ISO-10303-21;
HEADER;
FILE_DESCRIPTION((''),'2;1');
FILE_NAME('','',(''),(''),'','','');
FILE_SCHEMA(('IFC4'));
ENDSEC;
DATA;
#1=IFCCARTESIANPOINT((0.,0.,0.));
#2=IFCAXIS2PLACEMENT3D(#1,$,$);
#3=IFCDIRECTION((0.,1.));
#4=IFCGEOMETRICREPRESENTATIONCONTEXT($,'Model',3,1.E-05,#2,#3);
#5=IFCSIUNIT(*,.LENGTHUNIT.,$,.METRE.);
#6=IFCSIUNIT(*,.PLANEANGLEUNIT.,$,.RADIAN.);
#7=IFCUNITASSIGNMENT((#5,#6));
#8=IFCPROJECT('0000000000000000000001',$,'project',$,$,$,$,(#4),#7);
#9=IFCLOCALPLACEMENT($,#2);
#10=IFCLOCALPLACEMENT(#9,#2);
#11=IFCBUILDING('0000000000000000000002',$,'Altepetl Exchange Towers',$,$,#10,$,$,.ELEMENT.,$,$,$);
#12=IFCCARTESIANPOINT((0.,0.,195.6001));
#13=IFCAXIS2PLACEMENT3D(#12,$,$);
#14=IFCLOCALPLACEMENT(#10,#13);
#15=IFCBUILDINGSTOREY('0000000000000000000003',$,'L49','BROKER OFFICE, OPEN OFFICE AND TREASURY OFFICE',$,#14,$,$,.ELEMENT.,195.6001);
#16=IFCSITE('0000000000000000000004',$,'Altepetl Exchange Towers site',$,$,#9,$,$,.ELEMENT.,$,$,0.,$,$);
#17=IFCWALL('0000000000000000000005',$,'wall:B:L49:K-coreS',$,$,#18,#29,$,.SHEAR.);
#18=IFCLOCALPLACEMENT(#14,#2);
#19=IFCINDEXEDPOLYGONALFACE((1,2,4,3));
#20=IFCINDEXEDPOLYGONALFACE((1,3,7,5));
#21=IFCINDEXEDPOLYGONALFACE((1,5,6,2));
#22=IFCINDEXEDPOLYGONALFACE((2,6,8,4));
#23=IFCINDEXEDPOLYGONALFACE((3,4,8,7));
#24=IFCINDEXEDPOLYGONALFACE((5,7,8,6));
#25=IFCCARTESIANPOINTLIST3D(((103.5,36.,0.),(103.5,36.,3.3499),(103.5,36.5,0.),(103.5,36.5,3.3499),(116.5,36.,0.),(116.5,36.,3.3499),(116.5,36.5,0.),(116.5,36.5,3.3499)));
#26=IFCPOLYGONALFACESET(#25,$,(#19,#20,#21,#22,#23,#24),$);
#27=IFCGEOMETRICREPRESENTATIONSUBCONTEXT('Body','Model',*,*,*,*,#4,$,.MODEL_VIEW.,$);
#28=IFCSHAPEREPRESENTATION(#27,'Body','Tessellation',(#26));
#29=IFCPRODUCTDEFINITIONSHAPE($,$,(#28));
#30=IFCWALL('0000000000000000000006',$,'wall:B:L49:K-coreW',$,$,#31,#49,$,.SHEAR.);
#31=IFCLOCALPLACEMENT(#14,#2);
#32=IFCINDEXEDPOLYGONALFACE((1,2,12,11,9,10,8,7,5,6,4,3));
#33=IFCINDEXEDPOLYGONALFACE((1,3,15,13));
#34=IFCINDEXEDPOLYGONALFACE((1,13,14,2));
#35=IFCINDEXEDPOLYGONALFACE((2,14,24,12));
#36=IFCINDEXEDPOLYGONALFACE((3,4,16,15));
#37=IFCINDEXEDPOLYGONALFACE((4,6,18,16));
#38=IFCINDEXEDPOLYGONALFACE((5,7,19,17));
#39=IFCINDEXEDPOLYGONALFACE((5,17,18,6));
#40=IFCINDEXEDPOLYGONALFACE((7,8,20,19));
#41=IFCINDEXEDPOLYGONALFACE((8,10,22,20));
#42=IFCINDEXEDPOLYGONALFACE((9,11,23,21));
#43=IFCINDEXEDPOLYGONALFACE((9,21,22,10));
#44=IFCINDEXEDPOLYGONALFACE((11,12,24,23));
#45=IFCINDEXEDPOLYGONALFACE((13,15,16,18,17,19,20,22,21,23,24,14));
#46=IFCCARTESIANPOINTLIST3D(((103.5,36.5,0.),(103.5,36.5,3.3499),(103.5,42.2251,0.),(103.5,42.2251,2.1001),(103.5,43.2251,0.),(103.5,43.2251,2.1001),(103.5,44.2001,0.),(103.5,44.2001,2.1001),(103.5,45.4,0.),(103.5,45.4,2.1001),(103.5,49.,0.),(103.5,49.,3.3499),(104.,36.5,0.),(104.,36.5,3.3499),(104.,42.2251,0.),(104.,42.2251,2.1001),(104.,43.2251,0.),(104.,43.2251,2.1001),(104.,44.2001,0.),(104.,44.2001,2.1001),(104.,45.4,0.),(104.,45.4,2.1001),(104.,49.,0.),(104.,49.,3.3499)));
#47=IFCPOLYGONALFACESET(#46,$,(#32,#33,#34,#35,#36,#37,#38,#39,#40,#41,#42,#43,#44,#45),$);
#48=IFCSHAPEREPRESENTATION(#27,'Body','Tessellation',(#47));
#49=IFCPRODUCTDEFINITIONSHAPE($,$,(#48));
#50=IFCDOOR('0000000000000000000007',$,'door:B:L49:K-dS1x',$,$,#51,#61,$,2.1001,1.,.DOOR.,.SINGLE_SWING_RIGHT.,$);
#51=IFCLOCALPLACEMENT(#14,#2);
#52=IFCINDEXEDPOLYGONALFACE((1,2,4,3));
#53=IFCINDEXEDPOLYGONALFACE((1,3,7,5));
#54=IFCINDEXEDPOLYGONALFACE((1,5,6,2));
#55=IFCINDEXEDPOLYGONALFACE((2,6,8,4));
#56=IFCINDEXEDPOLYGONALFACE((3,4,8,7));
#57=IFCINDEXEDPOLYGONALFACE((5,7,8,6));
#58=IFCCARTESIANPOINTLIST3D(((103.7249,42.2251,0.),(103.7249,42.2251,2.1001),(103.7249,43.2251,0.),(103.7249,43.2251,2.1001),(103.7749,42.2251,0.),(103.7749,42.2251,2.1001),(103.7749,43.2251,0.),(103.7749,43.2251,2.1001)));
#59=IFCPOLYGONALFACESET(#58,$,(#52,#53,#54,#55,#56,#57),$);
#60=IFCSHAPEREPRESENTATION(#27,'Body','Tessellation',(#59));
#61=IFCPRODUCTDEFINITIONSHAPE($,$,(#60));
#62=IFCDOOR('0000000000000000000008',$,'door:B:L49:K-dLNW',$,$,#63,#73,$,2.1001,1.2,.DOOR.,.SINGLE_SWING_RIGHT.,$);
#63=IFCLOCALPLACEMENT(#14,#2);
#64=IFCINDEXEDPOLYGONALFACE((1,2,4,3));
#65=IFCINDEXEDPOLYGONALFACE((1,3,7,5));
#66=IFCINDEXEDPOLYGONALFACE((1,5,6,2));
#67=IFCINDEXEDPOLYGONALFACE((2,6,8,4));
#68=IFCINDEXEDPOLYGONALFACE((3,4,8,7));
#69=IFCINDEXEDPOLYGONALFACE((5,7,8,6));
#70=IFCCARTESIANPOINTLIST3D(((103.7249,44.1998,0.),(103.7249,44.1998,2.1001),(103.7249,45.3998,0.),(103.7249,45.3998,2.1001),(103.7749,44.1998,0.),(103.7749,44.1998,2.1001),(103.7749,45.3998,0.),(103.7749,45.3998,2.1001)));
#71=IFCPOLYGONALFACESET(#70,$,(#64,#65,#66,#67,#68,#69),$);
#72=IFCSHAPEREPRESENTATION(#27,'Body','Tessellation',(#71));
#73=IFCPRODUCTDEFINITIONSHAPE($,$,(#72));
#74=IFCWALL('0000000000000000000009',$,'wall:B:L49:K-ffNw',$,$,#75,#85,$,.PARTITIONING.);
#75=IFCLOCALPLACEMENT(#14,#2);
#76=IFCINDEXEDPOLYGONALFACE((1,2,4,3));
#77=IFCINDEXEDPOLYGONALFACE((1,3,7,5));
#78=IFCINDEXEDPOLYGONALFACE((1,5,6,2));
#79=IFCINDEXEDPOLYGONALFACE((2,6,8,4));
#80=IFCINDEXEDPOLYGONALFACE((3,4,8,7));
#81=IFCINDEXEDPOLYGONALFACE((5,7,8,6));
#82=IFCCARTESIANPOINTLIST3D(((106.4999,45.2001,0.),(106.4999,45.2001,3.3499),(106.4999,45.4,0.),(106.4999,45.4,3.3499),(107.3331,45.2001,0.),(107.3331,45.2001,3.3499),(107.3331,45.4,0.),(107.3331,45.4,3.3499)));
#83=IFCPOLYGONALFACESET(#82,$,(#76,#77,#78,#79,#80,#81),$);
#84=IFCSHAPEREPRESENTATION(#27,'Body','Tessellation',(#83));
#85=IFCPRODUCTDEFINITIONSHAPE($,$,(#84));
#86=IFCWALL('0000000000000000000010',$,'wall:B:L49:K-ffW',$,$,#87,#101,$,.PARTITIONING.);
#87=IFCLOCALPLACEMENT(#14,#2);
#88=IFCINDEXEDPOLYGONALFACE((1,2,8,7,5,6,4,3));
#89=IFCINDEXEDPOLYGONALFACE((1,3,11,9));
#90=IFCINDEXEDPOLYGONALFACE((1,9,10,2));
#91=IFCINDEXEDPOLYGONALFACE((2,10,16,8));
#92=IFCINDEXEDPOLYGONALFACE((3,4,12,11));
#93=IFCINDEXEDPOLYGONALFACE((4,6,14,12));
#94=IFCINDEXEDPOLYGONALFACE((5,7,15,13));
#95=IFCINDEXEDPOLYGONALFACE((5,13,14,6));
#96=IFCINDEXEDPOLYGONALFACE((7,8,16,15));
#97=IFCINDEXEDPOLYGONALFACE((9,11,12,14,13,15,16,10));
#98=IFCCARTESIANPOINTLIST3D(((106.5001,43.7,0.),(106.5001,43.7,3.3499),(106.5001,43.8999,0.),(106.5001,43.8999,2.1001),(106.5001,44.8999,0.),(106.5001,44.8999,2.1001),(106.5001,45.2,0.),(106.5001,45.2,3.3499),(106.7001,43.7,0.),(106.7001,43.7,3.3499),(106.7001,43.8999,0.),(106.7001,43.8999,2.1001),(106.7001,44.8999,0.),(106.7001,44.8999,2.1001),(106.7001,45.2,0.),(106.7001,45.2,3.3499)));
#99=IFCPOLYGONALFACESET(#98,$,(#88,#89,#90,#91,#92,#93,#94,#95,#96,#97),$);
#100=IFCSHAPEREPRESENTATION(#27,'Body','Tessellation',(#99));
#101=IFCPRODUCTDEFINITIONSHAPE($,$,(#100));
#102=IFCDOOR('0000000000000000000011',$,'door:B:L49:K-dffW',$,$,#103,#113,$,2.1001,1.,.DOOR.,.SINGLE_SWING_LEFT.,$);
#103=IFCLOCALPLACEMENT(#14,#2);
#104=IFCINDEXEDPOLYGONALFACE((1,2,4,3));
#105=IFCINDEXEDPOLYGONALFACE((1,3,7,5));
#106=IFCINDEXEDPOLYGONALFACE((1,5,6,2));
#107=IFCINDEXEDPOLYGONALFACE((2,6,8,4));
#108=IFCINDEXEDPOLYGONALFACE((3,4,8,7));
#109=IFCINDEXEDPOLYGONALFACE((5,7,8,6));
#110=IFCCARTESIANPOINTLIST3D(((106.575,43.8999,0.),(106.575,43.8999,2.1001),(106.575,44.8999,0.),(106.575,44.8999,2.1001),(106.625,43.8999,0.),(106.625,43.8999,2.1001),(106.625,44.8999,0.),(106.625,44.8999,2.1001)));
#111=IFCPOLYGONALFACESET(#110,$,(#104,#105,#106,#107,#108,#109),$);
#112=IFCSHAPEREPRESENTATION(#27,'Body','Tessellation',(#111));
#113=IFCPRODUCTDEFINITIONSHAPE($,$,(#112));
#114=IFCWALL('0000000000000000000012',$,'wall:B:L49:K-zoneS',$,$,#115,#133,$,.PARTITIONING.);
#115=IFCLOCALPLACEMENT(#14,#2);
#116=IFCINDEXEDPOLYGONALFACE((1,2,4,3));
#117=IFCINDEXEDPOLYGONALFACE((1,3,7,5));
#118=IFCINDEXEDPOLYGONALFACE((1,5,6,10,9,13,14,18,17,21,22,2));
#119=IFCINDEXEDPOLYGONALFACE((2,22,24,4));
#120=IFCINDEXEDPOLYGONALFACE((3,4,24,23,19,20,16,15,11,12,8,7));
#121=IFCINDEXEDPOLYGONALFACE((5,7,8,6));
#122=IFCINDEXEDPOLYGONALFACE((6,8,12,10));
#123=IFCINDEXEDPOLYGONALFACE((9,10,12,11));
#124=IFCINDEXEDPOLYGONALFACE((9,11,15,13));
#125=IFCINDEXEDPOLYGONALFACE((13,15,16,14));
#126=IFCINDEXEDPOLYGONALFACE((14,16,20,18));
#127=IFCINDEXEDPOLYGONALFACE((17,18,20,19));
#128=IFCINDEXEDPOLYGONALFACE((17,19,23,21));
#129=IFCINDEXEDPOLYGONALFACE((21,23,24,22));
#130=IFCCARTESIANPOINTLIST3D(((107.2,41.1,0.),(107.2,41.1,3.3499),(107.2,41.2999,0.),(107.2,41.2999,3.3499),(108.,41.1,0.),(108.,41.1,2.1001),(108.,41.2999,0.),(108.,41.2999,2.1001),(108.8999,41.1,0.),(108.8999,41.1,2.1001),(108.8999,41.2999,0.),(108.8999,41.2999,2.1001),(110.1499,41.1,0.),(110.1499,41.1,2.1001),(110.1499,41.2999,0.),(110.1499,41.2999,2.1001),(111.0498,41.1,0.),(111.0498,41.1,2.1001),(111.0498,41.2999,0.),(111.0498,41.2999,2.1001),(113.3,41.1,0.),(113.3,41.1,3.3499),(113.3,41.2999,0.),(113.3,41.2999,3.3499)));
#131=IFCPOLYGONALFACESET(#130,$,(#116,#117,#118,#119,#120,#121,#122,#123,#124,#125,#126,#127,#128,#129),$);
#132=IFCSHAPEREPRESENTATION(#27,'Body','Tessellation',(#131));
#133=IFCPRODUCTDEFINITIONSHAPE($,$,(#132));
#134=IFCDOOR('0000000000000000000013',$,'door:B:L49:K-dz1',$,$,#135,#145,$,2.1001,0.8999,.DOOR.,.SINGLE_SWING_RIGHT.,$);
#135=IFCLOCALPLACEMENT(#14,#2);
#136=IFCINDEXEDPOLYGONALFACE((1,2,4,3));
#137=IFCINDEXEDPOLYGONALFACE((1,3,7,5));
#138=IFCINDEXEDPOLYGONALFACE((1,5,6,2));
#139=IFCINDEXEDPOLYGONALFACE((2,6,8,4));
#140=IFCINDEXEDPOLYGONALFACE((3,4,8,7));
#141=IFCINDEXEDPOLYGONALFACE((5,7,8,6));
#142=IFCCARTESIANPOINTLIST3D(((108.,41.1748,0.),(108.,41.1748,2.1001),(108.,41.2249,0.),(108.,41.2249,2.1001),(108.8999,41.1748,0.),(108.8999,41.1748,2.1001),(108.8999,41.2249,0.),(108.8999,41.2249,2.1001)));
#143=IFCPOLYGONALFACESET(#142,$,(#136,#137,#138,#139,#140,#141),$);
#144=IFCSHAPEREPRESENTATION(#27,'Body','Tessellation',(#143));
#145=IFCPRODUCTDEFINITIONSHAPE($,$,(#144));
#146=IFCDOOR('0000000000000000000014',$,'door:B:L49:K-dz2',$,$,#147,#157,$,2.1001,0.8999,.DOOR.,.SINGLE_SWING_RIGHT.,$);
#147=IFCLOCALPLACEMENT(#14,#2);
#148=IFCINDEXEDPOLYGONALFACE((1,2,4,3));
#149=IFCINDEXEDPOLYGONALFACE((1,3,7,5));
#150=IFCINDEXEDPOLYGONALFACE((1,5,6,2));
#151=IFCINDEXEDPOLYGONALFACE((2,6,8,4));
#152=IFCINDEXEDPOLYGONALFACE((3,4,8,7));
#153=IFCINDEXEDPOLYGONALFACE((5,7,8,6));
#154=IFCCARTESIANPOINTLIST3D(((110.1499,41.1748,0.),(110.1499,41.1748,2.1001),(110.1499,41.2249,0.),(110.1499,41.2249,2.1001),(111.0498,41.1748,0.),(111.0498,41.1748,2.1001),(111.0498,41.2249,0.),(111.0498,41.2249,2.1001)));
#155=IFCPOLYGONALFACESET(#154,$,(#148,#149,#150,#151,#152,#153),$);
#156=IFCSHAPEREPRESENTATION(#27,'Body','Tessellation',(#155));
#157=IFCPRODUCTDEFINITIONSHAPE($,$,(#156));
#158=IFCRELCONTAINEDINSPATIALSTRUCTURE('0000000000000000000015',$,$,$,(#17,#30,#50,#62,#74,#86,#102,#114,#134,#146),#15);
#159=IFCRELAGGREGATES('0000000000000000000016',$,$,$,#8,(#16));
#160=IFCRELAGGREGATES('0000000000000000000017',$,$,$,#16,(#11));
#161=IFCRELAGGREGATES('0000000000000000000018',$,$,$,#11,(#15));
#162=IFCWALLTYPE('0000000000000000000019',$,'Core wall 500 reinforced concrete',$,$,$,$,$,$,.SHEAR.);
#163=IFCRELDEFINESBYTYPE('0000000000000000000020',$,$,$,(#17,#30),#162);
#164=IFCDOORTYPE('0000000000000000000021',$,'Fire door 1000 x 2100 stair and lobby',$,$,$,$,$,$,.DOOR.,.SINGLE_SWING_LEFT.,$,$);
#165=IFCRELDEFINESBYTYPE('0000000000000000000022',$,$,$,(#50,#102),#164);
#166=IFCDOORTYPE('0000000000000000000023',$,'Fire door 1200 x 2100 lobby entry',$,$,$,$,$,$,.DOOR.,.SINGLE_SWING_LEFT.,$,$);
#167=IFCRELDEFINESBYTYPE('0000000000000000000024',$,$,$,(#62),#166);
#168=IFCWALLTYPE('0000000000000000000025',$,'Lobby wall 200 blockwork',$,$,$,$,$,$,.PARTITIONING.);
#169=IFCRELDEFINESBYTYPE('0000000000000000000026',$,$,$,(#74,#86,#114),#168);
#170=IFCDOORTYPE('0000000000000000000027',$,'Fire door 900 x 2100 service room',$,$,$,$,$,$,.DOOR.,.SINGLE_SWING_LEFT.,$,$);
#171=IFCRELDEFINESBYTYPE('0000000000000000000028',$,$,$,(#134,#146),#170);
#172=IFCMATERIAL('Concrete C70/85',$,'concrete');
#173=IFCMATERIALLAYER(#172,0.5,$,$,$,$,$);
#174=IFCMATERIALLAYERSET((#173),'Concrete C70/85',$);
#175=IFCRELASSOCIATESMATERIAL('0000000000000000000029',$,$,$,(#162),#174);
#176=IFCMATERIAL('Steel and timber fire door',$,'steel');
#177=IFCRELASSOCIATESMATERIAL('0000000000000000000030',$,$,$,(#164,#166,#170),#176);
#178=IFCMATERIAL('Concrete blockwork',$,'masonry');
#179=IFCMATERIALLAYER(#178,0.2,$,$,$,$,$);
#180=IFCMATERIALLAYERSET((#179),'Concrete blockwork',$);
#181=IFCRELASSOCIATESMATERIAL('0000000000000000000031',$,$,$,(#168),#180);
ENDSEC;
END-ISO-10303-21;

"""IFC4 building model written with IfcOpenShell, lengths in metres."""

from ifc_helpers import new_model, si_unit, direction, frame, frame_2d, origin, place, context, subcontext, project, spatial, rectangle, extrude, material, layer, layer_set, type_object, element, fill, save


model = new_model("IFC4")

# Units and contexts
model_context = context("Model", 3, precision=1e-05, world=origin(), true_north=direction((0.0, 1.0)))
body_context = subcontext(model_context, "Body", "Model", "MODEL_VIEW")
ifc_project = project(units=[si_unit("LENGTHUNIT", "METRE"), si_unit("PLANEANGLEUNIT", "RADIAN")], contexts=[model_context])

# Site, building, storey
site_placement = place(None, origin())
site = spatial("IfcSite", under=ifc_project, at=site_placement, Name="Altepetl Exchange Towers site", CompositionType="ELEMENT", RefElevation=0.0)
building_placement = place(site_placement, origin())
building = spatial("IfcBuilding", under=site, at=building_placement, Name="Altepetl Exchange Towers", CompositionType="ELEMENT")
storey_placement = place(building_placement, frame((0.0, 0.0, 195.6001)))
storey = spatial("IfcBuildingStorey", under=building, at=storey_placement, Name="L49", Description="BROKER OFFICE, OPEN OFFICE AND TREASURY OFFICE", CompositionType="ELEMENT", Elevation=195.6001)

# Wall
ifc_material_1 = material(Name="Concrete C70/85", Category="concrete")
ifc_layer_1 = layer(ifc_material_1, 0.5)
ifc_layer_set_1 = layer_set([ifc_layer_1], Name="Concrete C70/85")
wall_type_1 = type_object("IfcWallType", Name="Core wall 500 reinforced concrete", PredefinedType="SHEAR", material=ifc_layer_set_1)
wall_1_placement = place(storey_placement, frame((103.5, 36.25, 0.0)))
element("IfcWall", 1, at=wall_1_placement, inside=storey, type_object=wall_type_1, Name="wall:B:L49:K-coreS", PredefinedType="SHEAR", context=body_context, shape_type="SweptSolid", body=[
    extrude(rectangle(XDim=13.0, YDim=0.5, at=frame_2d((6.5, 0.0))), origin(), (0.0, 0.0, 1.0), 3.3499),
])

# Wall, openings, doors
wall_2_placement = place(storey_placement, frame((103.75, 36.5, 0.0), z_axis=(0.0, 0.0, 1.0), x_axis=(0.0, 1.0, 0.0)))
wall_2 = element("IfcWall", 2, at=wall_2_placement, inside=storey, type_object=wall_type_1, Name="wall:B:L49:K-coreW", PredefinedType="SHEAR", context=body_context, shape_type="SweptSolid", body=[
    extrude(rectangle(XDim=12.5, YDim=0.5, at=frame_2d((6.25, 0.0))), origin(), (0.0, 0.0, 1.0), 3.3499),
])
opening_1_placement = place(wall_2_placement, frame((7.7, 0.0, 0.0)))
opening_1 = element("IfcOpeningElement", 3, at=opening_1_placement, cuts=wall_2, PredefinedType="OPENING", context=body_context, shape_type="SweptSolid", body=[
    extrude(rectangle(XDim=1.2, YDim=2.1001, at=frame_2d((0.6001, 1.05))), frame((0.0, 0.26, 0.0), z_axis=(0.0, -1.0, 0.0), x_axis=(1.0, 0.0, 0.0)), (0.0, 0.0, 1.0), 0.52),
])
opening_2_placement = place(wall_2_placement, frame((5.7251, 0.0, 0.0)))
opening_2 = element("IfcOpeningElement", 4, at=opening_2_placement, cuts=wall_2, PredefinedType="OPENING", context=body_context, shape_type="SweptSolid", body=[
    extrude(rectangle(XDim=1.0, YDim=2.1001, at=frame_2d((0.5, 1.05))), frame((0.0, 0.26, 0.0), z_axis=(0.0, -1.0, 0.0), x_axis=(1.0, 0.0, 0.0)), (0.0, 0.0, 1.0), 0.52),
])
ifc_material_2 = material(Name="Steel and timber fire door", Category="steel")
door_type_1 = type_object("IfcDoorType", Name="Fire door 1000 x 2100 stair and lobby", OperationType="SINGLE_SWING_LEFT", PredefinedType="DOOR", material=ifc_material_2)
door_1_placement = place(opening_2_placement, frame((1.0, 0.0, 0.0), x_axis=(-1.0, 0.0, 0.0)))
door_1 = element("IfcDoor", 5, at=door_1_placement, inside=storey, type_object=door_type_1, Name="door:B:L49:K-dS1x", OperationType="SINGLE_SWING_RIGHT", OverallHeight=2.1001, OverallWidth=1.0, PredefinedType="DOOR", context=body_context, shape_type="SweptSolid", body=[
    extrude(rectangle(XDim=1.0, YDim=2.1001, at=frame_2d((0.5, 1.05))), frame((0.0, 0.0249, 0.0), z_axis=(0.0, -1.0, 0.0), x_axis=(1.0, 0.0, 0.0)), (0.0, 0.0, 1.0), 0.05),
])
fill(opening_2, door_1)
door_type_2 = type_object("IfcDoorType", Name="Fire door 1200 x 2100 lobby entry", OperationType="SINGLE_SWING_LEFT", PredefinedType="DOOR", material=ifc_material_2)
door_2_placement = place(opening_1_placement, frame((1.2, 0.0, 0.0), x_axis=(-1.0, 0.0, 0.0)))
door_2 = element("IfcDoor", 6, at=door_2_placement, inside=storey, type_object=door_type_2, Name="door:B:L49:K-dLNW", OperationType="SINGLE_SWING_RIGHT", OverallHeight=2.1001, OverallWidth=1.2, PredefinedType="DOOR", context=body_context, shape_type="SweptSolid", body=[
    extrude(rectangle(XDim=1.2, YDim=2.1001, at=frame_2d((0.6001, 1.05))), frame((0.0, 0.0249, 0.0), z_axis=(0.0, -1.0, 0.0), x_axis=(1.0, 0.0, 0.0)), (0.0, 0.0, 1.0), 0.05),
])
fill(opening_1, door_2)

# Wall
ifc_material_3 = material(Name="Concrete blockwork", Category="masonry")
ifc_layer_2 = layer(ifc_material_3, 0.2)
ifc_layer_set_2 = layer_set([ifc_layer_2], Name="Concrete blockwork")
wall_type_2 = type_object("IfcWallType", Name="Lobby wall 200 blockwork", PredefinedType="PARTITIONING", material=ifc_layer_set_2)
wall_3_placement = place(storey_placement, frame((106.5, 45.3, 0.0)))
element("IfcWall", 7, at=wall_3_placement, inside=storey, type_object=wall_type_2, Name="wall:B:L49:K-ffNw", PredefinedType="PARTITIONING", context=body_context, shape_type="SweptSolid", body=[
    extrude(rectangle(XDim=0.8333, YDim=0.2, at=frame_2d((0.4165, 0.0))), origin(), (0.0, 0.0, 1.0), 3.3499),
])

# Wall, opening, door
wall_4_placement = place(storey_placement, frame((106.6001, 43.7, 0.0), z_axis=(0.0, 0.0, 1.0), x_axis=(0.0, 1.0, 0.0)))
wall_4 = element("IfcWall", 8, at=wall_4_placement, inside=storey, type_object=wall_type_2, Name="wall:B:L49:K-ffW", PredefinedType="PARTITIONING", context=body_context, shape_type="SweptSolid", body=[
    extrude(rectangle(XDim=1.5, YDim=0.2, at=frame_2d((0.75, 0.0))), origin(), (0.0, 0.0, 1.0), 3.3499),
])
opening_3_placement = place(wall_4_placement, frame((0.2, 0.0, 0.0)))
opening_3 = element("IfcOpeningElement", 9, at=opening_3_placement, cuts=wall_4, PredefinedType="OPENING", context=body_context, shape_type="SweptSolid", body=[
    extrude(rectangle(XDim=1.0, YDim=2.1001, at=frame_2d((0.5, 1.05))), frame((0.0, 0.1099, 0.0), z_axis=(0.0, -1.0, 0.0), x_axis=(1.0, 0.0, 0.0)), (0.0, 0.0, 1.0), 0.22),
])
door_3_placement = place(opening_3_placement, frame((1.0, 0.0, 0.0), x_axis=(-1.0, 0.0, 0.0)))
door_3 = element("IfcDoor", 10, at=door_3_placement, inside=storey, type_object=door_type_1, Name="door:B:L49:K-dffW", OperationType="SINGLE_SWING_LEFT", OverallHeight=2.1001, OverallWidth=1.0, PredefinedType="DOOR", context=body_context, shape_type="SweptSolid", body=[
    extrude(rectangle(XDim=1.0, YDim=2.1001, at=frame_2d((0.5, 1.05))), frame((0.0, 0.0249, 0.0), z_axis=(0.0, -1.0, 0.0), x_axis=(1.0, 0.0, 0.0)), (0.0, 0.0, 1.0), 0.05),
])
fill(opening_3, door_3)

# Wall, openings, doors
wall_5_placement = place(storey_placement, frame((107.2, 41.2, 0.0)))
wall_5 = element("IfcWall", 11, at=wall_5_placement, inside=storey, type_object=wall_type_2, Name="wall:B:L49:K-zoneS", PredefinedType="PARTITIONING", context=body_context, shape_type="SweptSolid", body=[
    extrude(rectangle(XDim=6.1001, YDim=0.2, at=frame_2d((3.05, 0.0))), origin(), (0.0, 0.0, 1.0), 3.3499),
])
opening_4_placement = place(wall_5_placement, frame((0.8, 0.0, 0.0)))
opening_4 = element("IfcOpeningElement", 12, at=opening_4_placement, cuts=wall_5, PredefinedType="OPENING", context=body_context, shape_type="SweptSolid", body=[
    extrude(rectangle(XDim=0.8999, YDim=2.1001, at=frame_2d((0.45, 1.05))), frame((0.0, 0.1099, 0.0), z_axis=(0.0, -1.0, 0.0), x_axis=(1.0, 0.0, 0.0)), (0.0, 0.0, 1.0), 0.22),
])
opening_5_placement = place(wall_5_placement, frame((2.95, 0.0, 0.0)))
opening_5 = element("IfcOpeningElement", 13, at=opening_5_placement, cuts=wall_5, PredefinedType="OPENING", context=body_context, shape_type="SweptSolid", body=[
    extrude(rectangle(XDim=0.8999, YDim=2.1001, at=frame_2d((0.45, 1.05))), frame((0.0, 0.1099, 0.0), z_axis=(0.0, -1.0, 0.0), x_axis=(1.0, 0.0, 0.0)), (0.0, 0.0, 1.0), 0.22),
])
door_type_3 = type_object("IfcDoorType", Name="Fire door 900 x 2100 service room", OperationType="SINGLE_SWING_LEFT", PredefinedType="DOOR", material=ifc_material_2)
door_4_placement = place(opening_4_placement, origin())
door_4 = element("IfcDoor", 14, at=door_4_placement, inside=storey, type_object=door_type_3, Name="door:B:L49:K-dz1", OperationType="SINGLE_SWING_RIGHT", OverallHeight=2.1001, OverallWidth=0.8999, PredefinedType="DOOR", context=body_context, shape_type="SweptSolid", body=[
    extrude(rectangle(XDim=0.8999, YDim=2.1001, at=frame_2d((0.45, 1.05))), frame((0.0, 0.0249, 0.0), z_axis=(0.0, -1.0, 0.0), x_axis=(1.0, 0.0, 0.0)), (0.0, 0.0, 1.0), 0.05),
])
fill(opening_4, door_4)
door_5_placement = place(opening_5_placement, origin())
door_5 = element("IfcDoor", 15, at=door_5_placement, inside=storey, type_object=door_type_3, Name="door:B:L49:K-dz2", OperationType="SINGLE_SWING_RIGHT", OverallHeight=2.1001, OverallWidth=0.8999, PredefinedType="DOOR", context=body_context, shape_type="SweptSolid", body=[
    extrude(rectangle(XDim=0.8999, YDim=2.1001, at=frame_2d((0.45, 1.05))), frame((0.0, 0.0249, 0.0), z_axis=(0.0, -1.0, 0.0), x_axis=(1.0, 0.0, 0.0)), (0.0, 0.0, 1.0), 0.05),
])
fill(opening_5, door_5)

save(model, "model.ifc")
